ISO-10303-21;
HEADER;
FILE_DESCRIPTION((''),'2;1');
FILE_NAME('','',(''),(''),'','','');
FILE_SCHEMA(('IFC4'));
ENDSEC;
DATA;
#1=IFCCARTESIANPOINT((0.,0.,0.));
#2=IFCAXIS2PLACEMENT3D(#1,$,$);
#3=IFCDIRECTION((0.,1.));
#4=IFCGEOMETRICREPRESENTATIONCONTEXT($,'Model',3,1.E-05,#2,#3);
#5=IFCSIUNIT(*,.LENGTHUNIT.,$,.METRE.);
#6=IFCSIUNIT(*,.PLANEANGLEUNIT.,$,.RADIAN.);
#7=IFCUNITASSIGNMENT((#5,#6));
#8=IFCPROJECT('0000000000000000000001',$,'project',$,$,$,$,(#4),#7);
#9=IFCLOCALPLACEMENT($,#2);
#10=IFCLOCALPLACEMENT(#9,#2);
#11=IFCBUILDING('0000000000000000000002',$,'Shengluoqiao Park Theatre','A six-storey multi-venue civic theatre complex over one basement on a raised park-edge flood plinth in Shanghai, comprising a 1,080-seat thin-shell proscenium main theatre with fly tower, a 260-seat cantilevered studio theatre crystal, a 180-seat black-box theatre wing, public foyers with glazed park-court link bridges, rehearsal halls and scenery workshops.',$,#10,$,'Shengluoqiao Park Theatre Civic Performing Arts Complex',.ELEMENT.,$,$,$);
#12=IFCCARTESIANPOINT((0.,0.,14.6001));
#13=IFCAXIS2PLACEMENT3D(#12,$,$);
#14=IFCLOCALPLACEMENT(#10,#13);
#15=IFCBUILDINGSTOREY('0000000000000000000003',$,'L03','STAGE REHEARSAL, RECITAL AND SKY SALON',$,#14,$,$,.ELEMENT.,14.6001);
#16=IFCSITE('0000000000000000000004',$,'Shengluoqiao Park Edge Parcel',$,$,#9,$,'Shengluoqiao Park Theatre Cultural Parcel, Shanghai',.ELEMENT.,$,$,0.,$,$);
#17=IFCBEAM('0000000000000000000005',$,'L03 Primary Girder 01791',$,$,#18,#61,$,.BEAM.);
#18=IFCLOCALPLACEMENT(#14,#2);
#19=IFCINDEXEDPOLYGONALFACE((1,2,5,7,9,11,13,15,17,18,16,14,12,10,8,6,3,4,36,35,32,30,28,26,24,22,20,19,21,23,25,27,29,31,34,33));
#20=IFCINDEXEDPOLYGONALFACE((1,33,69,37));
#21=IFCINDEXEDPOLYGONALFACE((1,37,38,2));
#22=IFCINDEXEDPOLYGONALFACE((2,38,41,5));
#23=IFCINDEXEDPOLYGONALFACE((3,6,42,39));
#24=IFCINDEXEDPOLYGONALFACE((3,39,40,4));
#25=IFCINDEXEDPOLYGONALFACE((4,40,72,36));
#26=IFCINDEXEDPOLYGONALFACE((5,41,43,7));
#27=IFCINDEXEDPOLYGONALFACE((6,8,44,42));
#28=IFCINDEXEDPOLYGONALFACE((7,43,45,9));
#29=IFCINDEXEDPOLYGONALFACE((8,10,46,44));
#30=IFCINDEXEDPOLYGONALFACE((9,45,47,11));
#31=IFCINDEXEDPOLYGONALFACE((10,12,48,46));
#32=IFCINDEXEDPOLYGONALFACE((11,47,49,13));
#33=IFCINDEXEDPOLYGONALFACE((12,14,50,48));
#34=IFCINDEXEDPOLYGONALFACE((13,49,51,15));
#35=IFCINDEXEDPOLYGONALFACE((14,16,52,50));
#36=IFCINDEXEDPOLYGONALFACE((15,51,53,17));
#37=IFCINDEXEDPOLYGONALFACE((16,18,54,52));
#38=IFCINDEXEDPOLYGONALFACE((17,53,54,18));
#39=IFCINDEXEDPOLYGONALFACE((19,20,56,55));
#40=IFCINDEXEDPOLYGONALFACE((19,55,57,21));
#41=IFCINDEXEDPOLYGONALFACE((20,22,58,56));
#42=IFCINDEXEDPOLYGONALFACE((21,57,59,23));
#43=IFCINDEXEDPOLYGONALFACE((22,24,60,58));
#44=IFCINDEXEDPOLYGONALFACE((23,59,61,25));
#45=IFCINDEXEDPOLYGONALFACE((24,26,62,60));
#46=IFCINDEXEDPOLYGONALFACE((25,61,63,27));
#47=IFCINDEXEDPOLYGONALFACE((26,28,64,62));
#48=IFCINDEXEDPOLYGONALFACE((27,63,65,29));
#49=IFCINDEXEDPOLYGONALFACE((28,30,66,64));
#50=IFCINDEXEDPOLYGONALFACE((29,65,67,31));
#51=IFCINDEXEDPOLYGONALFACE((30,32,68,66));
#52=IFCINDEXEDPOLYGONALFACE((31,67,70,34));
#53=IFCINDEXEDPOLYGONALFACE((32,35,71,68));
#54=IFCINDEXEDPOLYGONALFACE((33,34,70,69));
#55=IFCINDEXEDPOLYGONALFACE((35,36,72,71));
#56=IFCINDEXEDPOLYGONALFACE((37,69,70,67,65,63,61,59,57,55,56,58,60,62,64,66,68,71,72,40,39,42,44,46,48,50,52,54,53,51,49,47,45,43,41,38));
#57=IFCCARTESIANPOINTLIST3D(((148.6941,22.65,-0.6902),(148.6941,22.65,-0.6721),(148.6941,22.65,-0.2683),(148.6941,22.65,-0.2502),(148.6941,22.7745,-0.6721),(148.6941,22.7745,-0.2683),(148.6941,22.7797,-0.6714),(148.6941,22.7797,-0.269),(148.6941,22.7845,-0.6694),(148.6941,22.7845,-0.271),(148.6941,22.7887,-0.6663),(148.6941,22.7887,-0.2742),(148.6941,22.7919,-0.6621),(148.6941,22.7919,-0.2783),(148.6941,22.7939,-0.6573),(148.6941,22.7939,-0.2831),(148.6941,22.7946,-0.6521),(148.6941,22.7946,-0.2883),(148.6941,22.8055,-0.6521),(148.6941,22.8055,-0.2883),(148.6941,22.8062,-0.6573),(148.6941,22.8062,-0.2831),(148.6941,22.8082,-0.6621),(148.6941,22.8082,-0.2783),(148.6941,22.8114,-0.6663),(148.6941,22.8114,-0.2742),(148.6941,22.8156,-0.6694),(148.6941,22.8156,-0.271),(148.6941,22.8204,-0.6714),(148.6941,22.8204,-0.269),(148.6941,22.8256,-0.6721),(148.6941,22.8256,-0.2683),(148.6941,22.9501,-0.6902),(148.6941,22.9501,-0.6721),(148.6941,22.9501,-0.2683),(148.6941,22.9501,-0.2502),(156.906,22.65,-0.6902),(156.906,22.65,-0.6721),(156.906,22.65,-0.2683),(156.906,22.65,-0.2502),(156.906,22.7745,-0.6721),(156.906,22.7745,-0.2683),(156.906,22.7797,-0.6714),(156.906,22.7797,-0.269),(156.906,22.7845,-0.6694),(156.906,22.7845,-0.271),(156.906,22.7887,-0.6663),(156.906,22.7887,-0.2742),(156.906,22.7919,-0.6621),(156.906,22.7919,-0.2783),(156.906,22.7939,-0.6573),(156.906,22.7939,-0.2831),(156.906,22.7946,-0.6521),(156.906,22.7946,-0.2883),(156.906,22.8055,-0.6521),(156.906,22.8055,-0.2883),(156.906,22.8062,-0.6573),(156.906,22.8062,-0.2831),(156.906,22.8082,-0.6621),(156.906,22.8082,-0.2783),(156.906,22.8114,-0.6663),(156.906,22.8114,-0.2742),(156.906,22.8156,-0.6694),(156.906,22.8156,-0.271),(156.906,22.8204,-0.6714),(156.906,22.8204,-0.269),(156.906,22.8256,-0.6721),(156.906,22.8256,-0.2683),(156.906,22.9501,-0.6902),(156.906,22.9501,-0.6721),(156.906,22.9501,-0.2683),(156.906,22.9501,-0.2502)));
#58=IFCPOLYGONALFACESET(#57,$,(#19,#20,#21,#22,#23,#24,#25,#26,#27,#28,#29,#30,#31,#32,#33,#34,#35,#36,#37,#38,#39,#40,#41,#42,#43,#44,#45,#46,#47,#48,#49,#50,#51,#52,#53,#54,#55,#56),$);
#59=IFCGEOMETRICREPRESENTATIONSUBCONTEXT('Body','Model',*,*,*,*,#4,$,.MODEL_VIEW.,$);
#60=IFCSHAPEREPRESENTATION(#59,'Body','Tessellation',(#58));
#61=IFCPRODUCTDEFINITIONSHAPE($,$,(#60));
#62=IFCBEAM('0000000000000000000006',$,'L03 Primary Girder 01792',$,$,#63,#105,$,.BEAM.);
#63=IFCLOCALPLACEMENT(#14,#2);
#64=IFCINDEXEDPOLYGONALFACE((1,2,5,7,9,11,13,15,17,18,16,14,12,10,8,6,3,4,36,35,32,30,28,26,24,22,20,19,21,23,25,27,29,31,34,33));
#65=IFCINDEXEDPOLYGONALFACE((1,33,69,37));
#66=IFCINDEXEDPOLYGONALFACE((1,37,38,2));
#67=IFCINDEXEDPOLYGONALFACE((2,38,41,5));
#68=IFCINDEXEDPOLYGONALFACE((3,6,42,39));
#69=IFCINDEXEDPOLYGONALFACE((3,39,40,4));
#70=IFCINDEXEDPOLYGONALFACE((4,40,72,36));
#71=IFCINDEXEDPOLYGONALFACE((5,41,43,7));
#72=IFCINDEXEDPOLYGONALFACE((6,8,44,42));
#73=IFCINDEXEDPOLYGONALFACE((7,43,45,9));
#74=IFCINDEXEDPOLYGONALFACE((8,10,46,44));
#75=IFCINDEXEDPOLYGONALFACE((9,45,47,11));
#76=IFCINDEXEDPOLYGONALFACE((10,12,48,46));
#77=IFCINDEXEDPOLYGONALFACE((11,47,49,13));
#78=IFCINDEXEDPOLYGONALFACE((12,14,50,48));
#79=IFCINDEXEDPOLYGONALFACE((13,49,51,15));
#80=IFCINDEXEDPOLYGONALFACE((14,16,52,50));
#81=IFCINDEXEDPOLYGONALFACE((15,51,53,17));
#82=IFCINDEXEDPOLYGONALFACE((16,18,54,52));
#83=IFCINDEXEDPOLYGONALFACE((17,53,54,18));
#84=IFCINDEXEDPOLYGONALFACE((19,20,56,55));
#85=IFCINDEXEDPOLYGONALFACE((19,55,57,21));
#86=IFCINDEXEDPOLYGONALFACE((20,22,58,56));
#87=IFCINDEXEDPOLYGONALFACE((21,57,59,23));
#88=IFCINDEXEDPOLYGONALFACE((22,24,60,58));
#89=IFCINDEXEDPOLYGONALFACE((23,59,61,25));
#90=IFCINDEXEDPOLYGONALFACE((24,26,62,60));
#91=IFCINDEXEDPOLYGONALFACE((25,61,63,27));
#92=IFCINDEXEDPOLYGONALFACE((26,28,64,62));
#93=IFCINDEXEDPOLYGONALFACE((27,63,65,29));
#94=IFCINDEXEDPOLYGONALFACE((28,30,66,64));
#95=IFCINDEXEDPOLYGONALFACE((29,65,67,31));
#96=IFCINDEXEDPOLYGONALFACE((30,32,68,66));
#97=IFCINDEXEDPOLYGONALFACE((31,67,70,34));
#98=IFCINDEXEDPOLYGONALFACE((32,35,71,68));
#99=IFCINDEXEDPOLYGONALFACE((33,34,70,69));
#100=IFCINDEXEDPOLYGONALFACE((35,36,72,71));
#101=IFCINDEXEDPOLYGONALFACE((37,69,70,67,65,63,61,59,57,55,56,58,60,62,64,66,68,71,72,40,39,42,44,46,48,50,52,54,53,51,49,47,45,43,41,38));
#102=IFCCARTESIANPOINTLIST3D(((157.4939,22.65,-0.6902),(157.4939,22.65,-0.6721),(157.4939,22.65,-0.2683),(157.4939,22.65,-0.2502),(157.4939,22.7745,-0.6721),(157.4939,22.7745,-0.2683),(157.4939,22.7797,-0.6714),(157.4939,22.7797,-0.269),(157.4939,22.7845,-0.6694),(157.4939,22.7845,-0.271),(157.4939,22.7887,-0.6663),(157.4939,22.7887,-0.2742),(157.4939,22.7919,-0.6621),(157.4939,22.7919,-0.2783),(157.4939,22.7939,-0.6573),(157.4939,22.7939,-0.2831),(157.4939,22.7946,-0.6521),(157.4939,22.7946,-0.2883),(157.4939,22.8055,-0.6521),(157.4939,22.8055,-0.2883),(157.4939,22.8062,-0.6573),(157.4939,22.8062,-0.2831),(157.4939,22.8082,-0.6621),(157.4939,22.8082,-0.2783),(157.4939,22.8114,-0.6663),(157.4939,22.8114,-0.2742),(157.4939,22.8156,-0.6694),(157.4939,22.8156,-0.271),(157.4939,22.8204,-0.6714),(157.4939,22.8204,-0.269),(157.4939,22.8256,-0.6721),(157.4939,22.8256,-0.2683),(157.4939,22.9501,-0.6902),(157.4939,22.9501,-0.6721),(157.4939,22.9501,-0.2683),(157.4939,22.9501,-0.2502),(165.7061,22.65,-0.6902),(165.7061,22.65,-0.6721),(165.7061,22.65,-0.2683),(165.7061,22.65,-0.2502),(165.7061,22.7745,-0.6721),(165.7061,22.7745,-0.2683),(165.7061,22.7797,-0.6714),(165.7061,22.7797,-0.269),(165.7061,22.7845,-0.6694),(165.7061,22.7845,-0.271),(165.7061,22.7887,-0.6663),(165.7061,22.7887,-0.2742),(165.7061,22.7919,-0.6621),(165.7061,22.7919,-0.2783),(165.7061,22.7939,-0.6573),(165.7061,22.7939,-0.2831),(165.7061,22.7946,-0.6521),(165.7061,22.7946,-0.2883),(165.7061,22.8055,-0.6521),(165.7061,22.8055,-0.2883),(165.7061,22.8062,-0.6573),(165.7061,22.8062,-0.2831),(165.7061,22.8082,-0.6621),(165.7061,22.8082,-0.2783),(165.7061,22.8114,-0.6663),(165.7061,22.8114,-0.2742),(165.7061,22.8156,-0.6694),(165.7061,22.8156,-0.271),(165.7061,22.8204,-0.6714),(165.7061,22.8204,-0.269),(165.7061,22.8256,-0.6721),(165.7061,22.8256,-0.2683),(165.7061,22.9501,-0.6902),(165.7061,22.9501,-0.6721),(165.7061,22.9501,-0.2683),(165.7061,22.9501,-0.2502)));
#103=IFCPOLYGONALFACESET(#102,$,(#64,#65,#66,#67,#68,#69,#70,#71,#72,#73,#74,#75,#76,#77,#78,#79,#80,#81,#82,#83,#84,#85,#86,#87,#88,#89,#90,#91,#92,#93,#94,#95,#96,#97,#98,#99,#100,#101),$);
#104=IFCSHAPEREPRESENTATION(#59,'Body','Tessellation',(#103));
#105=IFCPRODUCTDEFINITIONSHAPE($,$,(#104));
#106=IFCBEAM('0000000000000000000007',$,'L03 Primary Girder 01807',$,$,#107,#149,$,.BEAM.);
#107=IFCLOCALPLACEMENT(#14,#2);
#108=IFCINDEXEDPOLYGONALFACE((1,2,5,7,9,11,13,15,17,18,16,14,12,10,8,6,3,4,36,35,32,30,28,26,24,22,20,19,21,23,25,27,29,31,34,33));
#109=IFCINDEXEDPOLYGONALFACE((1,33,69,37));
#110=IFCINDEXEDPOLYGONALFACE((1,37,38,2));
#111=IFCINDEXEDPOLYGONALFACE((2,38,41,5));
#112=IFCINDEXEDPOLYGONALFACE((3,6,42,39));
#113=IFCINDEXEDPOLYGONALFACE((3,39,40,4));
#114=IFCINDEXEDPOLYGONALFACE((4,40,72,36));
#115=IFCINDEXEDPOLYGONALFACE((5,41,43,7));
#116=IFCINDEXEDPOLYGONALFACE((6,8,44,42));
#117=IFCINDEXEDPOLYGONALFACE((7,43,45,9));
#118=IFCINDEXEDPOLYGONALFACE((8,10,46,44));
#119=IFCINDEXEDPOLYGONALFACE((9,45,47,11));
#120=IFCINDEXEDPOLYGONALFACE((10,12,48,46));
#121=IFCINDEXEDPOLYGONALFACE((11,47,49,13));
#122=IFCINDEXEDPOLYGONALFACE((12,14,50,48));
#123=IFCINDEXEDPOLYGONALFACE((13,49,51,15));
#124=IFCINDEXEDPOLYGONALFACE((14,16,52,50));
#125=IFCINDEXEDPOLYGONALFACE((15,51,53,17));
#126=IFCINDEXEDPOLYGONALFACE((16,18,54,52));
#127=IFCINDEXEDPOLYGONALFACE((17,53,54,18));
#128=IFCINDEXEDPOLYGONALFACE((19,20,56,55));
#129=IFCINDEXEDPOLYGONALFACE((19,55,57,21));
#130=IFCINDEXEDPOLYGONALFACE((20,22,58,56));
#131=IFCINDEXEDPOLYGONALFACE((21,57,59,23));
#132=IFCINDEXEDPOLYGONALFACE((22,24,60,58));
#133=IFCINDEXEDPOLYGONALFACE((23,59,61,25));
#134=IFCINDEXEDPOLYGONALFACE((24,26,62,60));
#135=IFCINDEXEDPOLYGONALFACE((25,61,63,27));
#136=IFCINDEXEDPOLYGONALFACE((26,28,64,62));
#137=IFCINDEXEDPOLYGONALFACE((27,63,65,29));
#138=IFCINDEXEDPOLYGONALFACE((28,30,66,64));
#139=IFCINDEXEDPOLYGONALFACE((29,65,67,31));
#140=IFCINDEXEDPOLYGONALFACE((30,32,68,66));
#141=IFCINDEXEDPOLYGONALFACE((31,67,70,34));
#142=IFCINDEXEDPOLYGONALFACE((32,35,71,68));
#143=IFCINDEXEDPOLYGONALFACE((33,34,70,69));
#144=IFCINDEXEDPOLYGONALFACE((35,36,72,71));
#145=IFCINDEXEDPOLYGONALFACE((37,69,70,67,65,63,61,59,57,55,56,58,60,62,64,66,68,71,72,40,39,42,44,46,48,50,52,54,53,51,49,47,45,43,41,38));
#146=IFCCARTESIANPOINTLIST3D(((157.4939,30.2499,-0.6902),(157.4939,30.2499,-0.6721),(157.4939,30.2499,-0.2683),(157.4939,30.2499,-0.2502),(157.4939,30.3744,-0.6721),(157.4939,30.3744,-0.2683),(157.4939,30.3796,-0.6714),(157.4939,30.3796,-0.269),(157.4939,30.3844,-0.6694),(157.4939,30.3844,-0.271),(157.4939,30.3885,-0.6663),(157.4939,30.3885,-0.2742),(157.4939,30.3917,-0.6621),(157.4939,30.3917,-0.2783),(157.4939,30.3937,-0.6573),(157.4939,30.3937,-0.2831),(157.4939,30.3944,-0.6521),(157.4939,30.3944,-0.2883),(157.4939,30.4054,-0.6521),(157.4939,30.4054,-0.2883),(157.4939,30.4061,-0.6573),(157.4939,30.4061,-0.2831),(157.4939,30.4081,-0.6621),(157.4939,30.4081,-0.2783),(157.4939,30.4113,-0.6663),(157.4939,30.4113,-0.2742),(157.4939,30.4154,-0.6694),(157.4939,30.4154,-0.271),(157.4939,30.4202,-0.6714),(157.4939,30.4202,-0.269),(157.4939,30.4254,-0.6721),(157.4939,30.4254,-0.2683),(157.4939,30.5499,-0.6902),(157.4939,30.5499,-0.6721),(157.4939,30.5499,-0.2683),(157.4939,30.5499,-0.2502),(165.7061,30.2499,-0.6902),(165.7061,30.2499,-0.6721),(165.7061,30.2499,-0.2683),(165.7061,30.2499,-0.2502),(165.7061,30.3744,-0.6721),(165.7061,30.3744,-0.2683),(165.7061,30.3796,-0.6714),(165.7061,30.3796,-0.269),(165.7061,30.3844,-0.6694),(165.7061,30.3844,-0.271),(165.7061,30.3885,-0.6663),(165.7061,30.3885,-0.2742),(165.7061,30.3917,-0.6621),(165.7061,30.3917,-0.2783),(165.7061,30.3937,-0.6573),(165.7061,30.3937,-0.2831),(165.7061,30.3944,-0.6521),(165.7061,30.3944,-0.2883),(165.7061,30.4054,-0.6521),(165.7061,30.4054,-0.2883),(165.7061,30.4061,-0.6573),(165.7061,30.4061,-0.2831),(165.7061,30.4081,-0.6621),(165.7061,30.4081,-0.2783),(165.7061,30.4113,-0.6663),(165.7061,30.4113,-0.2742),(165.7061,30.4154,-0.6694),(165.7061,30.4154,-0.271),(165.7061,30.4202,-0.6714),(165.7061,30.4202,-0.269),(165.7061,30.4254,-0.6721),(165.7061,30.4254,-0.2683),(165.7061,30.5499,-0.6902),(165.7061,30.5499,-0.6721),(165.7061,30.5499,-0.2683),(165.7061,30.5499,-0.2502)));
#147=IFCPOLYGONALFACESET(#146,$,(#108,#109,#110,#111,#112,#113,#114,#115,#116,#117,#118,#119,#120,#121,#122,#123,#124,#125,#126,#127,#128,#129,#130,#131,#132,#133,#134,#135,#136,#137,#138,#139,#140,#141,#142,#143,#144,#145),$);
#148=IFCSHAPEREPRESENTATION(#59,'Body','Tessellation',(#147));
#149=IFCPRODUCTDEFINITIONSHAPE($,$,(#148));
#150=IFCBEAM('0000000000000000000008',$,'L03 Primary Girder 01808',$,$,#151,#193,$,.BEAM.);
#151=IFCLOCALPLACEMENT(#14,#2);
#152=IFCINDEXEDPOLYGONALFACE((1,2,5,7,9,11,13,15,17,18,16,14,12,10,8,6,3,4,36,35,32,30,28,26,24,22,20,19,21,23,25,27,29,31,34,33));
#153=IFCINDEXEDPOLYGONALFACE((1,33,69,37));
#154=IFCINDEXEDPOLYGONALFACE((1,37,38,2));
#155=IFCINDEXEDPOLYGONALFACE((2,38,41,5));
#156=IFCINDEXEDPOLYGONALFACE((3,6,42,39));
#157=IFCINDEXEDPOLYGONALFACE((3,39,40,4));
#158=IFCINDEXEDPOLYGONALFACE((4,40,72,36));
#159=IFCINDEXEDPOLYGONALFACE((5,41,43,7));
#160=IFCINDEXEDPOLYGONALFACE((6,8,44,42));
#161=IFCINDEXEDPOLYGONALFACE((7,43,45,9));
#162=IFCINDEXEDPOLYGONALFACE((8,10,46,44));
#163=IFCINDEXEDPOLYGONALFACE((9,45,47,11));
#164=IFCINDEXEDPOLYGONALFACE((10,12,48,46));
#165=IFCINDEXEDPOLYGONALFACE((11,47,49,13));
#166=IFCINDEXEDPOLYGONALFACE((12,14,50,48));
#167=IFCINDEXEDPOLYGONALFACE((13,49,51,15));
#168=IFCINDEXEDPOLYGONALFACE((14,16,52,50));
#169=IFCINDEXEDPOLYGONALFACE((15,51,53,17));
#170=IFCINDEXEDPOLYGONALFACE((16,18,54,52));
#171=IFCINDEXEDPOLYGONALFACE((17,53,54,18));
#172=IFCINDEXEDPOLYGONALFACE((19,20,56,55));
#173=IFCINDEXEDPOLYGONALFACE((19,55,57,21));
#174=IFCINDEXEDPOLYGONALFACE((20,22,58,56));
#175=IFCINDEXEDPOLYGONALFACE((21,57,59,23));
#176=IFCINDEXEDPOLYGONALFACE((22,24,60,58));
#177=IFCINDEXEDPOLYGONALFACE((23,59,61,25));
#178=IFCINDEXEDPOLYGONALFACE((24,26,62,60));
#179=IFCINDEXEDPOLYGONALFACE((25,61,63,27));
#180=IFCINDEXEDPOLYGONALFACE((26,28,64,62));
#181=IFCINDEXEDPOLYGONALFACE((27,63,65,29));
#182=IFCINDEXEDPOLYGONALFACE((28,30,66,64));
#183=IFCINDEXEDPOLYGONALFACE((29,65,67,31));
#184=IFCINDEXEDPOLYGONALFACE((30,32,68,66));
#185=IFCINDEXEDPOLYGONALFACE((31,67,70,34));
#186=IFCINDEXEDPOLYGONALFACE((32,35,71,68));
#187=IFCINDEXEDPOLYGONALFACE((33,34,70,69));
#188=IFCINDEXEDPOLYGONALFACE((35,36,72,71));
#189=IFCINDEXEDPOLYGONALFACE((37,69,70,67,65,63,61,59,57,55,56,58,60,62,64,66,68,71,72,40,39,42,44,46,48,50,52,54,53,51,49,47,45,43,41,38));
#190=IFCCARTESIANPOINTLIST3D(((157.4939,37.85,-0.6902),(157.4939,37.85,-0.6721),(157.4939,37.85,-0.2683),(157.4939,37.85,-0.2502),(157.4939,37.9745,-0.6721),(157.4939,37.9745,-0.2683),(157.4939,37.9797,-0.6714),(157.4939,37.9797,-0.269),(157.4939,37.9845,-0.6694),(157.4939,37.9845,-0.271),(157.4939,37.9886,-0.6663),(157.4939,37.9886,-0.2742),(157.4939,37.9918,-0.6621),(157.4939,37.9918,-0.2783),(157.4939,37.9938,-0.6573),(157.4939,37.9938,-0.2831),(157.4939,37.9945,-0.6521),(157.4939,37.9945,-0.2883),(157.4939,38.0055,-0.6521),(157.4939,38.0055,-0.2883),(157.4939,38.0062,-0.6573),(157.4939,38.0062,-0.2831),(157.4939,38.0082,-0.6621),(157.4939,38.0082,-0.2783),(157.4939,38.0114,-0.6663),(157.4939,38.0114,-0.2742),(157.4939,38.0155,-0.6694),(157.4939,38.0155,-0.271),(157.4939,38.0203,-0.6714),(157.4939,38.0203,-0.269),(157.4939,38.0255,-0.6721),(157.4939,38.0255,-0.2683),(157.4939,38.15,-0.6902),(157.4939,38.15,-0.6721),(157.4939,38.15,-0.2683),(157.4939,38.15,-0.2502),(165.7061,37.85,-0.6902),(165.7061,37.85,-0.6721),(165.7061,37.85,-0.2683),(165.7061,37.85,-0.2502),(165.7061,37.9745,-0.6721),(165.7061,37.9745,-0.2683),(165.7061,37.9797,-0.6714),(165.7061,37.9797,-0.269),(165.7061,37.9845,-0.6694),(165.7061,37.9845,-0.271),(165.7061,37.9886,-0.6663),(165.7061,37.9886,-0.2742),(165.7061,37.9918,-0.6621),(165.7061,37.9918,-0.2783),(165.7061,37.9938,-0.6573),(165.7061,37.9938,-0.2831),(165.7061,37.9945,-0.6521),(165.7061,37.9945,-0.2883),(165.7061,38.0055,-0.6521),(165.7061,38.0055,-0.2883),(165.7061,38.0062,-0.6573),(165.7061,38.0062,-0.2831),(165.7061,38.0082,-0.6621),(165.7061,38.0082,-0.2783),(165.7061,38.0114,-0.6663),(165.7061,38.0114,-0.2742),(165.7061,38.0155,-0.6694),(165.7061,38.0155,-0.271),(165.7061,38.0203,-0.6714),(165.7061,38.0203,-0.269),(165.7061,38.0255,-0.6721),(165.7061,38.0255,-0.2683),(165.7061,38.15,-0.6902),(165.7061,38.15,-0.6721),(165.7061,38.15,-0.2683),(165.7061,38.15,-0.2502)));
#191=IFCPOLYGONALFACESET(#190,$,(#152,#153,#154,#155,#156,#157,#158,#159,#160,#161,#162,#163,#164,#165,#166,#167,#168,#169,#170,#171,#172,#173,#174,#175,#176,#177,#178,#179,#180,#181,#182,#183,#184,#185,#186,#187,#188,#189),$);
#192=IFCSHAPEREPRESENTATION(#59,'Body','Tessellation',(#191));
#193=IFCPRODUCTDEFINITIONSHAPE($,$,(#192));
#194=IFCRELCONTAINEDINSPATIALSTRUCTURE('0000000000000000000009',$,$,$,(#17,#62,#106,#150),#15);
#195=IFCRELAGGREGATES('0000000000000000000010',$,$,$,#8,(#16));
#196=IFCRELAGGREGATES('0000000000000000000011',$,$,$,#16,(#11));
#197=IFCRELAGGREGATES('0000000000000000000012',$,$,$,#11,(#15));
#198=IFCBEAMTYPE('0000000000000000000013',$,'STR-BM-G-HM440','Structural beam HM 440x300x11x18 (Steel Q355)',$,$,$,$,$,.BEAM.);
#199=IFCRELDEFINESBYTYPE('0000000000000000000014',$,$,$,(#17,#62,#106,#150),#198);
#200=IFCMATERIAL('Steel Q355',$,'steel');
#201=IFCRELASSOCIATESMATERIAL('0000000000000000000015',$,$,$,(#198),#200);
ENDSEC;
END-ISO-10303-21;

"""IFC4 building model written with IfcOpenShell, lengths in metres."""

from ifc_helpers import new_model, si_unit, direction, frame, origin, origin_2d, place, context, subcontext, project, spatial, i_section, extrude, material, material_profile, profile_set, type_object, element, save


model = new_model("IFC4")

# Units and contexts
model_context = context("Model", 3, precision=1e-05, world=origin(), true_north=direction((0.0, 1.0)))
body_context = subcontext(model_context, "Body", "Model", "MODEL_VIEW")
ifc_project = project(units=[si_unit("LENGTHUNIT", "METRE"), si_unit("PLANEANGLEUNIT", "RADIAN")], contexts=[model_context])

# Site, building, storey
site_placement = place(None, origin())
site = spatial("IfcSite", under=ifc_project, at=site_placement, Name="Shengluoqiao Park Edge Parcel", LongName="Shengluoqiao Park Theatre Cultural Parcel, Shanghai", CompositionType="ELEMENT", RefElevation=0.0)
building_placement = place(site_placement, origin())
building = spatial("IfcBuilding", under=site, at=building_placement, Name="Shengluoqiao Park Theatre", Description="A six-storey multi-venue civic theatre complex over one basement on a raised park-edge flood plinth in Shanghai, comprising a 1,080-seat thin-shell proscenium main theatre with fly tower, a 260-seat cantilevered studio theatre crystal, a 180-seat black-box theatre wing, public foyers with glazed park-court link bridges, rehearsal halls and scenery workshops.", LongName="Shengluoqiao Park Theatre Civic Performing Arts Complex", CompositionType="ELEMENT")
storey_placement = place(building_placement, frame((0.0, 0.0, 14.6001)))
storey = spatial("IfcBuildingStorey", under=building, at=storey_placement, Name="L03", Description="STAGE REHEARSAL, RECITAL AND SKY SALON", CompositionType="ELEMENT", Elevation=14.6001)

# Beams
ifc_material_1 = material(Name="Steel Q355", Category="steel")
ifc_material_profile_1 = material_profile(ifc_material_1, i_section(OverallWidth=0.3, OverallDepth=0.4399, WebThickness=0.011, FlangeThickness=0.0181, FilletRadius=0.02, at=origin_2d()), Name="HM 440x300x11x18")
ifc_profile_set_1 = profile_set([ifc_material_profile_1], Name="Steel Q355")
beam_type_1 = type_object("IfcBeamType", Name="STR-BM-G-HM440", Description="Structural beam HM 440x300x11x18 (Steel Q355)", PredefinedType="BEAM", material=ifc_profile_set_1)
beam_placement = place(storey_placement, frame((148.6941, 22.8, -0.4702), z_axis=(1.0, 0.0, 0.0), x_axis=(0.0, 1.0, 0.0)))
element("IfcBeam", 1, at=beam_placement, inside=storey, type_object=beam_type_1, Name="L03 Primary Girder 01791", PredefinedType="BEAM", context=body_context, shape_type="SweptSolid", body=[
    extrude(i_section(OverallWidth=0.3, OverallDepth=0.4399, WebThickness=0.011, FlangeThickness=0.0181, FilletRadius=0.02, at=origin_2d()), origin(), (0.0, 0.0, 1.0), 8.2119),
])
for number, where, z_axis, x_axis, name in (
    (2, (157.4939, 22.8, -0.4702), (1.0, 0.0, 0.0), (0.0, 1.0, 0.0), "L03 Primary Girder 01792"),
    (3, (157.4939, 30.3999, -0.4702), (1.0, 0.0, 0.0), (0.0, 1.0, 0.0), "L03 Primary Girder 01807"),
    (4, (157.4939, 38.0, -0.4702), (1.0, 0.0, 0.0), (0.0, 1.0, 0.0), "L03 Primary Girder 01808"),
):
    element("IfcBeam", number, at=place(storey_placement, frame(where, z_axis=z_axis, x_axis=x_axis)), inside=storey, type_object=beam_type_1, Name=name, PredefinedType="BEAM", context=body_context, shape_type="SweptSolid", body=[
        extrude(i_section(OverallWidth=0.3, OverallDepth=0.4399, WebThickness=0.011, FlangeThickness=0.0181, FilletRadius=0.02, at=origin_2d()), origin(), (0.0, 0.0, 1.0), 8.2122),
    ])

save(model, "model.ifc")
